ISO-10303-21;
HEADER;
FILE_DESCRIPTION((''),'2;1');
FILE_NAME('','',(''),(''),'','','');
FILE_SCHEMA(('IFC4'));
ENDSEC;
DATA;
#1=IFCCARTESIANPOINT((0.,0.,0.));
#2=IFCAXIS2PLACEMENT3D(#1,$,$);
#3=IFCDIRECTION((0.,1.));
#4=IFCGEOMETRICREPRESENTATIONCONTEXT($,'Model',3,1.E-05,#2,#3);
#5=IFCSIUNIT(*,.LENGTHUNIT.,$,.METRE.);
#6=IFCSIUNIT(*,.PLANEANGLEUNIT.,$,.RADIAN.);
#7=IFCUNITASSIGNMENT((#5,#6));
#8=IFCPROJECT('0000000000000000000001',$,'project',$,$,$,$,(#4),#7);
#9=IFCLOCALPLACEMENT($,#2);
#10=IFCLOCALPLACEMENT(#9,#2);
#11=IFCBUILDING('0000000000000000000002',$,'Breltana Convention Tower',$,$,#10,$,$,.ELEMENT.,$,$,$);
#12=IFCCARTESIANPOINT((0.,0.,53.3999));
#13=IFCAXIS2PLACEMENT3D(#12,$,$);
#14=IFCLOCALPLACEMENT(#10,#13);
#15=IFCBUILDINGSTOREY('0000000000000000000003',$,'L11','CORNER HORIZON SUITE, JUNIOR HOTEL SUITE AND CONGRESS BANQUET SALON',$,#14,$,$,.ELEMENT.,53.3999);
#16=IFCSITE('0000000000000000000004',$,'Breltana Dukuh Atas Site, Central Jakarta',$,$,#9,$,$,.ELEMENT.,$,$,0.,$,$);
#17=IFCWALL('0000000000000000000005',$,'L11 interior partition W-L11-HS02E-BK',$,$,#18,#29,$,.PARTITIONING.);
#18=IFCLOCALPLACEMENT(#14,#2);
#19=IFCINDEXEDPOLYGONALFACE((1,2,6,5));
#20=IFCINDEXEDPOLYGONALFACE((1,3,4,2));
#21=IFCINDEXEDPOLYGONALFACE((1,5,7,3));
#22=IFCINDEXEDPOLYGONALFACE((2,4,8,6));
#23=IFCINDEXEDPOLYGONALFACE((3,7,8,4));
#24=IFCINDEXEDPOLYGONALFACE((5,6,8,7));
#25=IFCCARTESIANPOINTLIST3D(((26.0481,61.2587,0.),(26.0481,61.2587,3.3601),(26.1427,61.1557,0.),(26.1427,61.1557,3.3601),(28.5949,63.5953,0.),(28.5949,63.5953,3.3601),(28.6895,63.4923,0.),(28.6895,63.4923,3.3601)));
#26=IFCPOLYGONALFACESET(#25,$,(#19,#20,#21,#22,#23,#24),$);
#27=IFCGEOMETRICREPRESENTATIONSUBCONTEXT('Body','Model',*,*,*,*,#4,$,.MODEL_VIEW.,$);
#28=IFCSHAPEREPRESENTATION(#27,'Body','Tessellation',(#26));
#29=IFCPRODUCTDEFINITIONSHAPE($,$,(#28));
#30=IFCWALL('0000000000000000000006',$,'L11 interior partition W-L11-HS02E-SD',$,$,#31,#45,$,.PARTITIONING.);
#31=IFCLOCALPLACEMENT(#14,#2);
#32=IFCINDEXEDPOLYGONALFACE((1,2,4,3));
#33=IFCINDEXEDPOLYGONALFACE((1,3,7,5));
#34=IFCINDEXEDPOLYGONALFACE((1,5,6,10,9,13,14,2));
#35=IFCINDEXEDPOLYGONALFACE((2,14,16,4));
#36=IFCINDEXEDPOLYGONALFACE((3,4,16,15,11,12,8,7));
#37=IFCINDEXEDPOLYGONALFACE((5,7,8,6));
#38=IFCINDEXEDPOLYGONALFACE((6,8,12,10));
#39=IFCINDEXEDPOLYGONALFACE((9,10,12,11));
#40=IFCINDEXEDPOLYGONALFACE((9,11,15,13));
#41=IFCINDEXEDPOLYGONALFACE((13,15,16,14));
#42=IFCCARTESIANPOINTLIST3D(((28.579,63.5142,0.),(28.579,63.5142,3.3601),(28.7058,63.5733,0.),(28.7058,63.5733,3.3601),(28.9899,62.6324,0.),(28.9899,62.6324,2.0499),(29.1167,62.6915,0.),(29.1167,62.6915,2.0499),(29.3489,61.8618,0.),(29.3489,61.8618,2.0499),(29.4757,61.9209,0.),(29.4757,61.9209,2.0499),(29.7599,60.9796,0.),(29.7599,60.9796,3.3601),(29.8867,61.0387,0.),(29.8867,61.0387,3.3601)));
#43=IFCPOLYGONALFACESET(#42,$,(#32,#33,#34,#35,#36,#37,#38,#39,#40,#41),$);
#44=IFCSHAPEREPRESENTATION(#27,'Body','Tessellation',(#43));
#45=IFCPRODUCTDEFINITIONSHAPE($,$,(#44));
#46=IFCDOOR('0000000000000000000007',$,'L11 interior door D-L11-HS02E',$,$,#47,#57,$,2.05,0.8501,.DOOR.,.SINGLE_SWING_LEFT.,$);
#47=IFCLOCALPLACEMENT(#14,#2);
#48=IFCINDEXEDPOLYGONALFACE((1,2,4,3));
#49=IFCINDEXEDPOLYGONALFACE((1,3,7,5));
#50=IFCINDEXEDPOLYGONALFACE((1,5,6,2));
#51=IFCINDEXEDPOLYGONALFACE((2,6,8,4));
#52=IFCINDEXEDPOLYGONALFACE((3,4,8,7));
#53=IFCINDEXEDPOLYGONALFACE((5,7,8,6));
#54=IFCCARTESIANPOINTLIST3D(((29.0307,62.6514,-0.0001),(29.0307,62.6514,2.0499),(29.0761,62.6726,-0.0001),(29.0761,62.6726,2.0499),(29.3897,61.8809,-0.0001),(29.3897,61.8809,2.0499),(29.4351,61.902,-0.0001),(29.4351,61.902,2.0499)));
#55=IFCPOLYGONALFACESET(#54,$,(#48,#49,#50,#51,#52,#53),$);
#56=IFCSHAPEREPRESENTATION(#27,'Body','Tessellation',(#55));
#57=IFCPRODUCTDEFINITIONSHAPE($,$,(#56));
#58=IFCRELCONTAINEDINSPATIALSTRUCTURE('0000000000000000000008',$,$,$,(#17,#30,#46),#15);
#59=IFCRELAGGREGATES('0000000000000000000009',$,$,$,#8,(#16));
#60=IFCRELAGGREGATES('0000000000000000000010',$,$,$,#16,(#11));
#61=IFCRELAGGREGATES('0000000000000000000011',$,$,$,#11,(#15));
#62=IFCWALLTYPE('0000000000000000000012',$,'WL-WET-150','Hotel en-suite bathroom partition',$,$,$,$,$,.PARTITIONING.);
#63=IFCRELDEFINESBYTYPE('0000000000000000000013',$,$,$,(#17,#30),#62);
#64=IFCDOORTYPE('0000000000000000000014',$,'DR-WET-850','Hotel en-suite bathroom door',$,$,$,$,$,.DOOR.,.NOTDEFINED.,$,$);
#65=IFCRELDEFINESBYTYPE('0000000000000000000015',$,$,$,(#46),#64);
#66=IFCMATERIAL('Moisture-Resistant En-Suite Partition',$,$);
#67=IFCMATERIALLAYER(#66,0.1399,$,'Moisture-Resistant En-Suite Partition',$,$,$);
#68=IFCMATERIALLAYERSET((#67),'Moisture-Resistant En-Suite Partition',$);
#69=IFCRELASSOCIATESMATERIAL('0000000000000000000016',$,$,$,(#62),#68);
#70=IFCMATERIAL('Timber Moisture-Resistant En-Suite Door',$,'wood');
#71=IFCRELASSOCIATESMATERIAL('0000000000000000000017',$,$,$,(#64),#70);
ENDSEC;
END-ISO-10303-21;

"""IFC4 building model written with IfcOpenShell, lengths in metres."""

from ifc_helpers import new_model, si_unit, direction, frame, frame_2d, origin, place, context, subcontext, project, spatial, rectangle, extrude, source, transform, mapped, material, layer, layer_set, type_object, type_shapes, element, fill, save


model = new_model("IFC4")

# Units and contexts
model_context = context("Model", 3, precision=1e-05, world=origin(), true_north=direction((0.0, 1.0)))
body_context = subcontext(model_context, "Body", "Model", "MODEL_VIEW")
ifc_project = project(units=[si_unit("LENGTHUNIT", "METRE"), si_unit("PLANEANGLEUNIT", "RADIAN")], contexts=[model_context])

# Site, building, storey
site_placement = place(None, origin())
site = spatial("IfcSite", under=ifc_project, at=site_placement, Name="Breltana Dukuh Atas Site, Central Jakarta", CompositionType="ELEMENT", RefElevation=0.0)
building_placement = place(site_placement, origin())
building = spatial("IfcBuilding", under=site, at=building_placement, Name="Breltana Convention Tower", CompositionType="ELEMENT")
storey_placement = place(building_placement, frame((0.0, 0.0, 53.3999)))
storey = spatial("IfcBuildingStorey", under=building, at=storey_placement, Name="L11", Description="CORNER HORIZON SUITE, JUNIOR HOTEL SUITE AND CONGRESS BANQUET SALON", CompositionType="ELEMENT", Elevation=53.3999)

# Wall
ifc_material_1 = material(Name="Moisture-Resistant En-Suite Partition")
ifc_layer_1 = layer(ifc_material_1, 0.1399, Name="Moisture-Resistant En-Suite Partition")
ifc_layer_set_1 = layer_set([ifc_layer_1], Name="Moisture-Resistant En-Suite Partition")
wall_type_1 = type_object("IfcWallType", Name="WL-WET-150", Description="Hotel en-suite bathroom partition", PredefinedType="PARTITIONING", material=ifc_layer_set_1)
shared_shape_1 = source(origin(), body_context, "Body", "SweptSolid", [
    extrude(rectangle(XDim=3.4563, YDim=0.1399, at=frame_2d((1.728, 0.0))), origin(), (0.0, 0.0, 1.0), 3.3601),
])
wall_1_placement = place(storey_placement, frame((26.0955, 61.2073, 0.0), z_axis=(0.0, 0.0, 1.0), x_axis=(0.736861, 0.676044, 0.0)))
element("IfcWall", 1, at=wall_1_placement, inside=storey, type_object=wall_type_1, Name="L11 interior partition W-L11-HS02E-BK", PredefinedType="PARTITIONING", context=body_context, shape_type="MappedRepresentation", body=[
    mapped(shared_shape_1, transform((0.0, 0.0, 0.0), scale=1.0)),
])

# Wall, opening, door
shared_shape_2 = source(origin(), body_context, "Body", "SweptSolid", [
    extrude(rectangle(XDim=2.7961, YDim=0.1399, at=frame_2d((1.3979, 0.0))), origin(), (0.0, 0.0, 1.0), 3.3601),
])
wall_2_placement = place(storey_placement, frame((29.8232, 61.0093, 0.0), z_axis=(0.0, 0.0, 1.0), x_axis=(-0.422317, 0.906448, 0.0)))
wall_2 = element("IfcWall", 2, at=wall_2_placement, inside=storey, type_object=wall_type_1, Name="L11 interior partition W-L11-HS02E-SD", PredefinedType="PARTITIONING", context=body_context, shape_type="MappedRepresentation", body=[
    mapped(shared_shape_2, transform((0.0, 0.0, 0.0), scale=1.0)),
])
opening_1_placement = place(wall_2_placement, frame((0.9731, 0.0, 0.0)))
opening_1 = element("IfcOpeningElement", 3, at=opening_1_placement, cuts=wall_2, PredefinedType="OPENING", context=body_context, shape_type="SweptSolid", body=[
    extrude(rectangle(XDim=0.8501, YDim=2.05, at=frame_2d((0.425, 1.0249))), frame((0.0, 0.0801, 0.0), z_axis=(0.0, -1.0, 0.0), x_axis=(1.0, 0.0, 0.0)), (0.0, 0.0, 1.0), 0.1599),
])
ifc_material_2 = material(Name="Timber Moisture-Resistant En-Suite Door", Category="wood")
door_type_1 = type_object("IfcDoorType", Name="DR-WET-850", Description="Hotel en-suite bathroom door", OperationType="NOTDEFINED", PredefinedType="DOOR", material=ifc_material_2)
shared_shape_3 = source(origin(), body_context, "Body", "SweptSolid", [
    extrude(rectangle(XDim=0.8501, YDim=2.05, at=frame_2d((0.425, 1.0249))), frame((0.0, 0.0249, 0.0), z_axis=(0.0, -1.0, 0.0), x_axis=(1.0, 0.0, 0.0)), (0.0, 0.0, 1.0), 0.05),
])
type_shapes(door_type_1, [shared_shape_3])
door_1_placement = place(opening_1_placement, origin())
door_1 = element("IfcDoor", 4, at=door_1_placement, inside=storey, type_object=door_type_1, Name="L11 interior door D-L11-HS02E", OperationType="SINGLE_SWING_LEFT", OverallHeight=2.05, OverallWidth=0.8501, PredefinedType="DOOR", context=body_context, shape_type="MappedRepresentation", body=[
    mapped(shared_shape_3, transform((0.0, 0.0, 0.0), scale=1.0)),
])
fill(opening_1, door_1)

save(model, "model.ifc")
